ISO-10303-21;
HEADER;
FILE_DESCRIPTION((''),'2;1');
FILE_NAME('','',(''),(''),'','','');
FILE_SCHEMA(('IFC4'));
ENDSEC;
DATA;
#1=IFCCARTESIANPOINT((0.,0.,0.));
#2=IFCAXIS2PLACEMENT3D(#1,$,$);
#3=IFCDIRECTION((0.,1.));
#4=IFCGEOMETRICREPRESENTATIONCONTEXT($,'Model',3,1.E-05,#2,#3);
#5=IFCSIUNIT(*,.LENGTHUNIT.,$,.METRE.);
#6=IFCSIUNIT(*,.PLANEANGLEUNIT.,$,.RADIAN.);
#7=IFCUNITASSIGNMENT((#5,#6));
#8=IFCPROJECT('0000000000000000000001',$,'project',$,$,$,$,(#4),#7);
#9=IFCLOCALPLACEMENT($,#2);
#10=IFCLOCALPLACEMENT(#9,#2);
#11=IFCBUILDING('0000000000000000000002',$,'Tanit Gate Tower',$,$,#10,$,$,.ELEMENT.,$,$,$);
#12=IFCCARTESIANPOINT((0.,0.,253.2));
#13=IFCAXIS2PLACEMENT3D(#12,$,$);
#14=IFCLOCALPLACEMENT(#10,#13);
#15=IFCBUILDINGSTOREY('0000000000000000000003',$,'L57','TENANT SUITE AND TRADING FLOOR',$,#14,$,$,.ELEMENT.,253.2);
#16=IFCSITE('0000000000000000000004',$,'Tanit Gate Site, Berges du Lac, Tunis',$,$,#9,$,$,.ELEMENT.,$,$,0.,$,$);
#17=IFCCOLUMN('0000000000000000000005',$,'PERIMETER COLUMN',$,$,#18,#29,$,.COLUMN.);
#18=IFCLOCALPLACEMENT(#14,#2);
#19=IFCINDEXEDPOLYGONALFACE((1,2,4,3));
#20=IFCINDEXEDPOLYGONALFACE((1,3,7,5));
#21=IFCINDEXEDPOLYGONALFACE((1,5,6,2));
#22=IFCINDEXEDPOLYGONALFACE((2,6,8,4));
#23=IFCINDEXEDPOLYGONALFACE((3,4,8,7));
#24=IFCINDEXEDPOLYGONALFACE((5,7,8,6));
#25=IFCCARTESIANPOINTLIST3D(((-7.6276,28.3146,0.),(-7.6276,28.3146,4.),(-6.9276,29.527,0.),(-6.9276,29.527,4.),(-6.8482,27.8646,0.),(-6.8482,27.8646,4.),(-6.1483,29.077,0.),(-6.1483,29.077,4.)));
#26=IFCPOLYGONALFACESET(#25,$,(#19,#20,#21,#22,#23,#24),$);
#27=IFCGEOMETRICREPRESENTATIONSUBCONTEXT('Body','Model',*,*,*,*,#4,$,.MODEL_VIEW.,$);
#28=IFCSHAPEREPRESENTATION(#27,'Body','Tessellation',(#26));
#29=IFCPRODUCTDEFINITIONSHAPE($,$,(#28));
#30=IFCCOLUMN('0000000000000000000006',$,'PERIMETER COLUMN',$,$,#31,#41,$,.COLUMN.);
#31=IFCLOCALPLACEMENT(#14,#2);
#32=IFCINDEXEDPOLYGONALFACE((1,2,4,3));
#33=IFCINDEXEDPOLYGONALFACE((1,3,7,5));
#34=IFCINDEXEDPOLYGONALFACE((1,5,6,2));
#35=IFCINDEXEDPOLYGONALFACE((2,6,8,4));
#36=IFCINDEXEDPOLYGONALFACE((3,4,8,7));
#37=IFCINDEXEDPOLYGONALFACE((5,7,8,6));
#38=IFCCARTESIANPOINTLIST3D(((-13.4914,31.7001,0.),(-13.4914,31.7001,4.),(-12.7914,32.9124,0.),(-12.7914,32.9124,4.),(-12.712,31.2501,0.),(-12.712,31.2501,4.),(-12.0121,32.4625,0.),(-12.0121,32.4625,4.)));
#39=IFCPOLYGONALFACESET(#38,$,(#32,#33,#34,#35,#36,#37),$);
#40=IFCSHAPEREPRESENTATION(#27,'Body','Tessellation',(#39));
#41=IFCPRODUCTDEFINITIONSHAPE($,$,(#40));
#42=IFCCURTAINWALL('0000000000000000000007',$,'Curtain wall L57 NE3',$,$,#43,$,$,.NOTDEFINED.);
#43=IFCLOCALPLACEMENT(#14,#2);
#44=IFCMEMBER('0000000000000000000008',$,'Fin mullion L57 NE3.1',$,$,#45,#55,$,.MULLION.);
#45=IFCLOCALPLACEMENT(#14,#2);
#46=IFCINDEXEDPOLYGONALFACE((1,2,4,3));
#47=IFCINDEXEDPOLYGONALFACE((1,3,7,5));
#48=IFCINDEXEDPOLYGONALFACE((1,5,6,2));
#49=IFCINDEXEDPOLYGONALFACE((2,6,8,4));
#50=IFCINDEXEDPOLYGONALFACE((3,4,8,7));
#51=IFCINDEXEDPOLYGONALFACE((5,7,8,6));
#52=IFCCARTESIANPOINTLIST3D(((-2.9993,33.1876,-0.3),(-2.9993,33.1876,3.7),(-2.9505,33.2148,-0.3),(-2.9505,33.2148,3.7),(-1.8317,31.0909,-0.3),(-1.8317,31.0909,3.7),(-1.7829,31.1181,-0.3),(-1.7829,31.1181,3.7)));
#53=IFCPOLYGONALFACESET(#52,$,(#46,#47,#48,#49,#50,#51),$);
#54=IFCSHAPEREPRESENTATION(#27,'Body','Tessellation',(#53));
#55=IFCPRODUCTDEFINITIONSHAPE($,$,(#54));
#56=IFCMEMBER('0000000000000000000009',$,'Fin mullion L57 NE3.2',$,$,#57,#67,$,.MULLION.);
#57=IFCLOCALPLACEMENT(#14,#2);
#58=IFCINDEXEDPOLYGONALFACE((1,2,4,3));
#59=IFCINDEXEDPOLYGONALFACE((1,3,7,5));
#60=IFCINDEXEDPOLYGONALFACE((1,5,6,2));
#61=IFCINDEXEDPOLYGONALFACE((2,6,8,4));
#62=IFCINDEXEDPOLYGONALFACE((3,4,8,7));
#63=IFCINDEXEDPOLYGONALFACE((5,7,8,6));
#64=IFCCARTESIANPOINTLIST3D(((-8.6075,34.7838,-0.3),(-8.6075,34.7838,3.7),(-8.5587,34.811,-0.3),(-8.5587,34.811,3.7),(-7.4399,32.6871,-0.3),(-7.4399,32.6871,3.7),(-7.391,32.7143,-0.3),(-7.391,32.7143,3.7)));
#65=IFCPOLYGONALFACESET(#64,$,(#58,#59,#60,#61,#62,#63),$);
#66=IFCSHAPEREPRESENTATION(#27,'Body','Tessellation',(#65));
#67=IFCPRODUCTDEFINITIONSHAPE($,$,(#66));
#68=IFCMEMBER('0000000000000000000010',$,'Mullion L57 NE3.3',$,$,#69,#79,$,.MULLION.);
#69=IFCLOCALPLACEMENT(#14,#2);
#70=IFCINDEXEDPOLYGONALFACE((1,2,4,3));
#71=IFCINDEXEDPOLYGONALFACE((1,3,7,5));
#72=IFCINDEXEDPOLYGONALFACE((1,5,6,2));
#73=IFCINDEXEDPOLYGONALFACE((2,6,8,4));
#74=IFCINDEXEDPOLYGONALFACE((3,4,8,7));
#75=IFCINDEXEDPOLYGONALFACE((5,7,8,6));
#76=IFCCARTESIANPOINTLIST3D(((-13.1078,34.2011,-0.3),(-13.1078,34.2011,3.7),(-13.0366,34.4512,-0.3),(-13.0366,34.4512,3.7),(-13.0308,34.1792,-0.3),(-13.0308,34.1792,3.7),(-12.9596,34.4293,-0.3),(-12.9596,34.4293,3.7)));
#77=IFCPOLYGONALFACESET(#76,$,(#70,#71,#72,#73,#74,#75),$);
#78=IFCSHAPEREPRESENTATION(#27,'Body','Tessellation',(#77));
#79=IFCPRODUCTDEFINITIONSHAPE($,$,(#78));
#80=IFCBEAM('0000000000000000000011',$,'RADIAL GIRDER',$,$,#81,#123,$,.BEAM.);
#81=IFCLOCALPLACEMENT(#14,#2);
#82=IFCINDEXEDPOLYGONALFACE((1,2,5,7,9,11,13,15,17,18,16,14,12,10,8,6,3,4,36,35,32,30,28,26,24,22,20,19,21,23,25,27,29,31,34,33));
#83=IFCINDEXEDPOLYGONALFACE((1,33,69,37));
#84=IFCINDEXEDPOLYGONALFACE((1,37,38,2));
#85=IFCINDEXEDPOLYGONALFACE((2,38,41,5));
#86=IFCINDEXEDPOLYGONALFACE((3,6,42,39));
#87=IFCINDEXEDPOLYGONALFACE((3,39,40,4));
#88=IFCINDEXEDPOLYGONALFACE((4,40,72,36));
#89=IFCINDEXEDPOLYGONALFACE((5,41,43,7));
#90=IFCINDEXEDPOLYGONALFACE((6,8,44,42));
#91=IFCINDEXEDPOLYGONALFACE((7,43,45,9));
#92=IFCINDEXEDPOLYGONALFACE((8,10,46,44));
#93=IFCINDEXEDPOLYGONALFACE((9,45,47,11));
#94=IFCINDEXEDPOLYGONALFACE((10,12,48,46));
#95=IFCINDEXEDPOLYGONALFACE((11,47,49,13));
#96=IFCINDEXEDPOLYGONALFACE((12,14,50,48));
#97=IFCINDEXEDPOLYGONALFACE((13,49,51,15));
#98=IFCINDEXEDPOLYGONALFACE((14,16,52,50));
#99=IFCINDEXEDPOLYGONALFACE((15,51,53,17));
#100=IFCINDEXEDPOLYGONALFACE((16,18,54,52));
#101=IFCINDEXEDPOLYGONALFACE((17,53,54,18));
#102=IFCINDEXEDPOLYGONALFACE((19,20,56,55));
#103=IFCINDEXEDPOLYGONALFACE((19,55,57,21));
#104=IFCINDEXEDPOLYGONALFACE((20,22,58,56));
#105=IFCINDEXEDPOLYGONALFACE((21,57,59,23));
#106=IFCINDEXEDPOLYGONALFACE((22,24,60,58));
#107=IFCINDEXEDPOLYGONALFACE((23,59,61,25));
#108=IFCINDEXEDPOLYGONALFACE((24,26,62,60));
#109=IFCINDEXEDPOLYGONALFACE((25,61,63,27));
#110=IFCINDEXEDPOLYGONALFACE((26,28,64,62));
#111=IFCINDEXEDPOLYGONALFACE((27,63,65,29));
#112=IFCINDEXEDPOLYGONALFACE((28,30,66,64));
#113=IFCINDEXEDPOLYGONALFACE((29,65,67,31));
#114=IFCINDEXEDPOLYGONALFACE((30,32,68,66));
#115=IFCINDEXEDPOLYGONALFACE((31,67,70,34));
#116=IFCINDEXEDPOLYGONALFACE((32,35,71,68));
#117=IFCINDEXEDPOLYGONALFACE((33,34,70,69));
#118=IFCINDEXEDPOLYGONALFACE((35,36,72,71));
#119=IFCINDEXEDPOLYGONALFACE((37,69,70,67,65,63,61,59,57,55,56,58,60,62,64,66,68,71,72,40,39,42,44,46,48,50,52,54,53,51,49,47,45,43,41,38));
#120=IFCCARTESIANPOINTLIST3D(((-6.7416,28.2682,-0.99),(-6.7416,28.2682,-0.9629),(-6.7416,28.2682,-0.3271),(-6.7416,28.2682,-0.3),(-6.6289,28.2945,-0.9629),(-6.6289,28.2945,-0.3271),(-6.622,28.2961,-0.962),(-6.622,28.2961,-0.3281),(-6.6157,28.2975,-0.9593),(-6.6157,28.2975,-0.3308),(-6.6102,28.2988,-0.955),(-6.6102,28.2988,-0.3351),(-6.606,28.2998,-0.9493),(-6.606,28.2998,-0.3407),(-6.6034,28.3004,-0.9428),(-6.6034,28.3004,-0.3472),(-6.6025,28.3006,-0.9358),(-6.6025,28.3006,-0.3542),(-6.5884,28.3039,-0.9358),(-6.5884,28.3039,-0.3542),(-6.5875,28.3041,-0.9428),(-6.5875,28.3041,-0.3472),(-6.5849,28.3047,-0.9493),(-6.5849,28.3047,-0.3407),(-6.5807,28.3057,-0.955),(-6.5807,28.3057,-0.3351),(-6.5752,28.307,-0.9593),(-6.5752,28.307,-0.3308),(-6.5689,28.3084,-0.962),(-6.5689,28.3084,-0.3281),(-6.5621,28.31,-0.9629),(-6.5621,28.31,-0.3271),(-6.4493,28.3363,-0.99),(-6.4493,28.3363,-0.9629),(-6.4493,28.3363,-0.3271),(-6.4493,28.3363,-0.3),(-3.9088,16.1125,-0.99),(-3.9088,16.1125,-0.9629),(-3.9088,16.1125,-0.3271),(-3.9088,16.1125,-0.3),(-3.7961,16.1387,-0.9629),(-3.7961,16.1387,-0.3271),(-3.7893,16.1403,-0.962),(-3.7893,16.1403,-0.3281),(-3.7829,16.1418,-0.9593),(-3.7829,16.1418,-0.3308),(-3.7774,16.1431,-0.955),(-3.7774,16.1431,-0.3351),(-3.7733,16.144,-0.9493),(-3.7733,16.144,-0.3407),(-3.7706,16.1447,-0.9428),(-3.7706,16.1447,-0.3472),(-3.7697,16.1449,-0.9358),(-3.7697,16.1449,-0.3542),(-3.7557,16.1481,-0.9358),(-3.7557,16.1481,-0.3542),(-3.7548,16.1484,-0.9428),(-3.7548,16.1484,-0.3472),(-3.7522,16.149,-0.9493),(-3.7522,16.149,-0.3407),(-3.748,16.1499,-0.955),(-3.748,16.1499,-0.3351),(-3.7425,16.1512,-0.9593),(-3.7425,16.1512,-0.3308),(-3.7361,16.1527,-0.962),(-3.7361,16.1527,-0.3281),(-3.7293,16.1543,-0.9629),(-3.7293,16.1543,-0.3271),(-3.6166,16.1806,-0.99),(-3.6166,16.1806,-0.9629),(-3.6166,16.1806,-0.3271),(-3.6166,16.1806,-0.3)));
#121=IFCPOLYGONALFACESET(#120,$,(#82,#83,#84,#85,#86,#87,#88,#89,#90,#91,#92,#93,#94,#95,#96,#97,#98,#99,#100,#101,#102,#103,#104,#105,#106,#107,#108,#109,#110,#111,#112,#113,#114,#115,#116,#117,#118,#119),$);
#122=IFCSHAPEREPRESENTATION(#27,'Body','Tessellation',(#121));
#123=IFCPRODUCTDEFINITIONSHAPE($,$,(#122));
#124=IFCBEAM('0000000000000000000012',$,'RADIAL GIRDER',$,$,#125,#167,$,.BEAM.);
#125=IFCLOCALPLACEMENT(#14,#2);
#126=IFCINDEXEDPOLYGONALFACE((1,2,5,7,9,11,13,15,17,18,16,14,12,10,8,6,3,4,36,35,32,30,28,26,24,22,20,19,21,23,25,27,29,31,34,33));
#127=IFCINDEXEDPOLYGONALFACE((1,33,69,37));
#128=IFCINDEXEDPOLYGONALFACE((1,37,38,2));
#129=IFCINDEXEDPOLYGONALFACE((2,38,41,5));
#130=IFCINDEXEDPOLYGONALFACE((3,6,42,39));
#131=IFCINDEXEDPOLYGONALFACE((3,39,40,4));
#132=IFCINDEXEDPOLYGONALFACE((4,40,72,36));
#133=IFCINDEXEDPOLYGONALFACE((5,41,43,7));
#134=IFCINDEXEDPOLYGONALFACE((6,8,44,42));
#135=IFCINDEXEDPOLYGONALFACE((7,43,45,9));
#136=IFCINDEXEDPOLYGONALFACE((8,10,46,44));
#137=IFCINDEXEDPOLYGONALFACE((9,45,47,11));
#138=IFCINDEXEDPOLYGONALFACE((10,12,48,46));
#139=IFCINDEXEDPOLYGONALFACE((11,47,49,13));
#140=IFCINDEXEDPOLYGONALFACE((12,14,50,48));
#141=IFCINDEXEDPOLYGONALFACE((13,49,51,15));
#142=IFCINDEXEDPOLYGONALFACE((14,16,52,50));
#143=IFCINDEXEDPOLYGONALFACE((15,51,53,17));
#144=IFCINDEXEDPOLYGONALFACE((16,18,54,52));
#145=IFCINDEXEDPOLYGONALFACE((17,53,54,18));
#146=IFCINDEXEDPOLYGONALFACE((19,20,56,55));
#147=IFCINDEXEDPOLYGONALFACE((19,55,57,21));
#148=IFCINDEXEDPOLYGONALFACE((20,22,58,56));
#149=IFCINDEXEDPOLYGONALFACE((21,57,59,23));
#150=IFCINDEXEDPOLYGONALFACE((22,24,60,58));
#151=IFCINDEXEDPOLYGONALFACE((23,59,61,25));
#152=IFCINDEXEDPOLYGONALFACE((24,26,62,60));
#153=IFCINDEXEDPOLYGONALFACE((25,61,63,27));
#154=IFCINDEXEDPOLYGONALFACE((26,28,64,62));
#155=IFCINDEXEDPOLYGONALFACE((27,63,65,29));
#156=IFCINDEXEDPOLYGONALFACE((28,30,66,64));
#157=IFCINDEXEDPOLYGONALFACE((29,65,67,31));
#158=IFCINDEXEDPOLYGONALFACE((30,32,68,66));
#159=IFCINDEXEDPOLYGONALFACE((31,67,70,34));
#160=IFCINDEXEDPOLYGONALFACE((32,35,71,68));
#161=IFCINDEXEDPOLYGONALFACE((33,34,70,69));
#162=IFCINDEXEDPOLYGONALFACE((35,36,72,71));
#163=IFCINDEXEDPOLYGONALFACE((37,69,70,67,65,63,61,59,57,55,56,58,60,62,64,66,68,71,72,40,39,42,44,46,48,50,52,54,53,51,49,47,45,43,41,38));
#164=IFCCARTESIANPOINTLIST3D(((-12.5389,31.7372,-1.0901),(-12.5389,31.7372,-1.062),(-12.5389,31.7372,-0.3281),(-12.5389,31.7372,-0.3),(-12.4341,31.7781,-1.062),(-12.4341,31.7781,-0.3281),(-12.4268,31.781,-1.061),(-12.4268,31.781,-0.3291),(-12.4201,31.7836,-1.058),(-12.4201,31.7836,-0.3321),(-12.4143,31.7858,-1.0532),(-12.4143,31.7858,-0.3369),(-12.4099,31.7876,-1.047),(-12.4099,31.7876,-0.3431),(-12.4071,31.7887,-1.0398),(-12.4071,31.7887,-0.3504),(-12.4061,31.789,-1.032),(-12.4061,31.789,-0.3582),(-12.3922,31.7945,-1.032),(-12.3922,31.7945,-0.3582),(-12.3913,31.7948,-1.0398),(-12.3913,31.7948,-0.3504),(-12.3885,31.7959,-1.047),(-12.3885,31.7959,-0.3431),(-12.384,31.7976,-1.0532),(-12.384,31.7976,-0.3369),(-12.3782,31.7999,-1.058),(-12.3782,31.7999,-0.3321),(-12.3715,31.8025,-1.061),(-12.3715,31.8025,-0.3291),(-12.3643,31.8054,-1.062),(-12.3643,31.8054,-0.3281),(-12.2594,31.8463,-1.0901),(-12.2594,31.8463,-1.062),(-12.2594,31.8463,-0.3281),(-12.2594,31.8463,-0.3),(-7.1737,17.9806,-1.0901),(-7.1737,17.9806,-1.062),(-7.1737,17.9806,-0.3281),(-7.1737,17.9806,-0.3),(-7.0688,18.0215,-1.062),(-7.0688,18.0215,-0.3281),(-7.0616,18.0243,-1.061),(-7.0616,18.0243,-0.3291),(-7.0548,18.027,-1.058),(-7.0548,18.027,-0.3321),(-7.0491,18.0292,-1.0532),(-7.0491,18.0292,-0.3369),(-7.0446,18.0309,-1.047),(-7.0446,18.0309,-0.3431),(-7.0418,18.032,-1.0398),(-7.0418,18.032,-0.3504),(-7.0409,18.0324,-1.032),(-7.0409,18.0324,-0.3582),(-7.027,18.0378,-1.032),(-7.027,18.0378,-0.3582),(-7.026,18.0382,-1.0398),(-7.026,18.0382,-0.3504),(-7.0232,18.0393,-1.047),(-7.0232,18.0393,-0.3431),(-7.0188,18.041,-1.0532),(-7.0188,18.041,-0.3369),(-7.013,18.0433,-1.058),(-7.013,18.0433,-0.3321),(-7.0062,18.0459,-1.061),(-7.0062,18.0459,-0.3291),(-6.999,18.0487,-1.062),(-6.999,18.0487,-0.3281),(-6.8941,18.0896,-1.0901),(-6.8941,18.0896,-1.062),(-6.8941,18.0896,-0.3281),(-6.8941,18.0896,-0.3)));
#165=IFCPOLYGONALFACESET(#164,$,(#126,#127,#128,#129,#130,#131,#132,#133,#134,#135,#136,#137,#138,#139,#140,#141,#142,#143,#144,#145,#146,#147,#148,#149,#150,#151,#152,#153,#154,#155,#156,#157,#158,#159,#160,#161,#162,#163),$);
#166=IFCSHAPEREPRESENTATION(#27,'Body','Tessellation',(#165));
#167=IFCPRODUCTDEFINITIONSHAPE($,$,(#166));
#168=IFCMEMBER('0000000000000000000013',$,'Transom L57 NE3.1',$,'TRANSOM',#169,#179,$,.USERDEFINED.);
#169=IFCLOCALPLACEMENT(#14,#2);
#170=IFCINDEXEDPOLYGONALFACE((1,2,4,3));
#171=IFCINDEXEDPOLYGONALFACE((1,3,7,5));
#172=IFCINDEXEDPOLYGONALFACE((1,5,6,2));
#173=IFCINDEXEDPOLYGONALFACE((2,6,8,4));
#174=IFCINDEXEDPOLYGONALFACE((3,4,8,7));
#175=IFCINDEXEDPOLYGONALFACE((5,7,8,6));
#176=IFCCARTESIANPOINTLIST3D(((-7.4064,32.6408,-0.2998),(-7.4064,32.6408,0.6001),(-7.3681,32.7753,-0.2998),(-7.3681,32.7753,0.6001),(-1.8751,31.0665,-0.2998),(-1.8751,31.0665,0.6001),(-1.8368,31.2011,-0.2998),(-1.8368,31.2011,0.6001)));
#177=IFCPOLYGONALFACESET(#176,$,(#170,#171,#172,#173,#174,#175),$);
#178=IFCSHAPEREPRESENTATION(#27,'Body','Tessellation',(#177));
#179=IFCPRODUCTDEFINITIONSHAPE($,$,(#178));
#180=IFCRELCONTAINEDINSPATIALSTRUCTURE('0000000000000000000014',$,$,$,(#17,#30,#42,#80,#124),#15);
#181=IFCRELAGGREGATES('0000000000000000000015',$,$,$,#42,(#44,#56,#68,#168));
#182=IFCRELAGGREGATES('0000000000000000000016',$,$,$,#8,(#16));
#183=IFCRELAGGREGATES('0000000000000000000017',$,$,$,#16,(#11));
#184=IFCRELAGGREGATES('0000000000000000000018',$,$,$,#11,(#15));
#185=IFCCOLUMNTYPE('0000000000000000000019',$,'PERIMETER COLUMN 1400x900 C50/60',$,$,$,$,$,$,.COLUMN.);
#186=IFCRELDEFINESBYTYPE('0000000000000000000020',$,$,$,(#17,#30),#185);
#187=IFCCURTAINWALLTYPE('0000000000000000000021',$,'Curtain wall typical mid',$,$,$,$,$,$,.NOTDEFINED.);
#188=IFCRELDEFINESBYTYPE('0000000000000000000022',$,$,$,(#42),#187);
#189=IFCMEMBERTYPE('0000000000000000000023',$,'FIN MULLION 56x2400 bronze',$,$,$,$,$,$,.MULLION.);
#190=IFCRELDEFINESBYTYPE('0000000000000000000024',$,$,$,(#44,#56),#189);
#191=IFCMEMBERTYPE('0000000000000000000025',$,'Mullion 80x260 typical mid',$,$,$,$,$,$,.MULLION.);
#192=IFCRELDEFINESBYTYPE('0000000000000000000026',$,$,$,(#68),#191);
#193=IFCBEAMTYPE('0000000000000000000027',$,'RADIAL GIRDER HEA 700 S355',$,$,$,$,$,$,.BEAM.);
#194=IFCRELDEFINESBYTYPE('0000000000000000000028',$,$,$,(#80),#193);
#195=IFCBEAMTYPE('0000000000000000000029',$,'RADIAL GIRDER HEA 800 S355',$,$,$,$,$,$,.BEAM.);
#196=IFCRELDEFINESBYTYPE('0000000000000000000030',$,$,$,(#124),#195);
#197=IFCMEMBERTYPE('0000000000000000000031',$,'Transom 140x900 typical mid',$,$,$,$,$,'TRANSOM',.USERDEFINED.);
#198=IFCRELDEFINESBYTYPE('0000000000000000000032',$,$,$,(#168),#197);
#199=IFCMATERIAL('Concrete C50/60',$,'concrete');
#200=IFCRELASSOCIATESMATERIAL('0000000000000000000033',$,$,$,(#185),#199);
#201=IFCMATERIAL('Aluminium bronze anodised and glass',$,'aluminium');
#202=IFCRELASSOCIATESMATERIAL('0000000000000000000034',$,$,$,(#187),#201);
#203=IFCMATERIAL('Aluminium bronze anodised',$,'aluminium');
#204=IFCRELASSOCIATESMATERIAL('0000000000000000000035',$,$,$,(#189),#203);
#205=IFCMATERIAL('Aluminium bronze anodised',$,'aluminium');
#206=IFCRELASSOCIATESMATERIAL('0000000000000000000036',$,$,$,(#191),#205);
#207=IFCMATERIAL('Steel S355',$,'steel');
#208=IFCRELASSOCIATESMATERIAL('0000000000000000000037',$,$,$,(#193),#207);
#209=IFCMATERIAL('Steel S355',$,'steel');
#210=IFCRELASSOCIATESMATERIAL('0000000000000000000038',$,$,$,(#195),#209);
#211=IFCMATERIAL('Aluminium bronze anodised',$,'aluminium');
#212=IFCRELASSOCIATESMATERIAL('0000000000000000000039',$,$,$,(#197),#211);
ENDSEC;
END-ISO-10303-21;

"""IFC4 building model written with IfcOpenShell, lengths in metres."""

from ifc_helpers import new_model, si_unit, direction, frame, origin, origin_2d, place, context, subcontext, project, spatial, rectangle, i_section, extrude, material, material_profile, profile_set, type_object, element, aggregate, save


model = new_model("IFC4")

# Units and contexts
model_context = context("Model", 3, precision=1e-05, world=origin(), true_north=direction((0.0, 1.0)))
body_context = subcontext(model_context, "Body", "Model", "MODEL_VIEW")
ifc_project = project(units=[si_unit("LENGTHUNIT", "METRE"), si_unit("PLANEANGLEUNIT", "RADIAN")], contexts=[model_context])

# Site, building, storey
site_placement = place(None, origin())
site = spatial("IfcSite", under=ifc_project, at=site_placement, Name="Tanit Gate Site, Berges du Lac, Tunis", CompositionType="ELEMENT", RefElevation=0.0)
building_placement = place(site_placement, origin())
building = spatial("IfcBuilding", under=site, at=building_placement, Name="Tanit Gate Tower", CompositionType="ELEMENT")
storey_placement = place(building_placement, frame((0.0, 0.0, 253.2)))
storey = spatial("IfcBuildingStorey", under=building, at=storey_placement, Name="L57", Description="TENANT SUITE AND TRADING FLOOR", CompositionType="ELEMENT", Elevation=253.2)

# Columns
ifc_material_1 = material(Name="Concrete C50/60", Category="concrete")
ifc_material_profile_1 = material_profile(ifc_material_1, rectangle(XDim=1.3999, YDim=0.8999, at=origin_2d()), Name="RC 1400x900")
ifc_profile_set_1 = profile_set([ifc_material_profile_1], Name="Concrete C50/60")
column_type = type_object("IfcColumnType", Name="PERIMETER COLUMN 1400x900 C50/60", PredefinedType="COLUMN", material=ifc_profile_set_1)
for number, where, z_axis, x_axis, name in (
    (1, (-6.8879, 28.6958, 0.0), (0.0, 0.0, 1.0), (0.5, 0.866025, 0.0), "PERIMETER COLUMN"),
    (2, (-12.7517, 32.0813, 0.0), (0.0, 0.0, 1.0), (0.5, 0.866025, 0.0), "PERIMETER COLUMN"),
):
    element("IfcColumn", number, at=place(storey_placement, frame(where, z_axis=z_axis, x_axis=x_axis)), inside=storey, type_object=column_type, Name=name, PredefinedType="COLUMN", context=body_context, shape_type="SweptSolid", body=[
        extrude(rectangle(XDim=1.3999, YDim=0.8999, at=origin_2d()), origin(), (0.0, 0.0, 1.0), 4.0),
    ])

# Curtain wall, members
ifc_material_2 = material(Name="Aluminium bronze anodised and glass", Category="aluminium")
curtain_wall_type = type_object("IfcCurtainWallType", Name="Curtain wall typical mid", PredefinedType="NOTDEFINED", material=ifc_material_2)
curtain_wall_placement = place(storey_placement, origin())
curtain_wall = element("IfcCurtainWall", 3, at=curtain_wall_placement, inside=storey, type_object=curtain_wall_type, Name="Curtain wall L57 NE3", PredefinedType="NOTDEFINED")
ifc_material_3 = material(Name="Aluminium bronze anodised", Category="aluminium")
ifc_material_profile_2 = material_profile(ifc_material_3, rectangle(XDim=2.3999, YDim=0.0559, at=origin_2d()), Name="56x2400 bronze fin mullion")
ifc_profile_set_2 = profile_set([ifc_material_profile_2], Name="Aluminium bronze anodised")
member_type_1 = type_object("IfcMemberType", Name="FIN MULLION 56x2400 bronze", PredefinedType="MULLION", material=ifc_profile_set_2)
member_1_placement = place(storey_placement, frame((-2.3911, 32.1528, -0.3), z_axis=(0.0, 0.0, 1.0), x_axis=(0.486531, -0.873663, 0.0)))
member_1 = element("IfcMember", 4, at=member_1_placement, type_object=member_type_1, Name="Fin mullion L57 NE3.1", PredefinedType="MULLION", context=body_context, shape_type="SweptSolid", body=[
    extrude(rectangle(XDim=2.3999, YDim=0.0559, at=origin_2d()), origin(), (0.0, 0.0, 1.0), 4.0),
])
member_2_placement = place(storey_placement, frame((-7.9993, 33.749, -0.3), z_axis=(0.0, 0.0, 1.0), x_axis=(0.486531, -0.873663, 0.0)))
member_2 = element("IfcMember", 5, at=member_2_placement, type_object=member_type_1, Name="Fin mullion L57 NE3.2", PredefinedType="MULLION", context=body_context, shape_type="SweptSolid", body=[
    extrude(rectangle(XDim=2.3999, YDim=0.0559, at=origin_2d()), origin(), (0.0, 0.0, 1.0), 4.0),
])
ifc_material_4 = material(Name="Aluminium bronze anodised", Category="aluminium")
ifc_material_profile_3 = material_profile(ifc_material_4, rectangle(XDim=0.26, YDim=0.0801, at=origin_2d()), Name="80x260 bronze mullion")
ifc_profile_set_3 = profile_set([ifc_material_profile_3], Name="Aluminium bronze anodised")
member_type_2 = type_object("IfcMemberType", Name="Mullion 80x260 typical mid", PredefinedType="MULLION", material=ifc_profile_set_3)
member_3_placement = place(storey_placement, frame((-13.0337, 34.3152, -0.3), z_axis=(0.0, 0.0, 1.0), x_axis=(-0.273744, -0.961803, 0.0)))
member_3 = element("IfcMember", 6, at=member_3_placement, type_object=member_type_2, Name="Mullion L57 NE3.3", PredefinedType="MULLION", context=body_context, shape_type="SweptSolid", body=[
    extrude(rectangle(XDim=0.26, YDim=0.0801, at=origin_2d()), origin(), (0.0, 0.0, 1.0), 4.0),
])

# Beams
ifc_material_5 = material(Name="Steel S355", Category="steel")
ifc_material_profile_4 = material_profile(ifc_material_5, i_section(OverallWidth=0.3, OverallDepth=0.6899, WebThickness=0.0144, FlangeThickness=0.0271, FilletRadius=0.0271, at=origin_2d()), Name="HEA 700")
ifc_profile_set_4 = profile_set([ifc_material_profile_4], Name="Steel S355")
beam_type_1 = type_object("IfcBeamType", Name="RADIAL GIRDER HEA 700 S355", PredefinedType="BEAM", material=ifc_profile_set_4)
beam_1_placement = place(storey_placement, frame((-6.5955, 28.3022, -0.645), z_axis=(0.226958, -0.973905, 0.0), x_axis=(0.973905, 0.226958, 0.0)))
element("IfcBeam", 7, at=beam_1_placement, inside=storey, type_object=beam_type_1, Name="RADIAL GIRDER", PredefinedType="BEAM", context=body_context, shape_type="SweptSolid", body=[
    extrude(i_section(OverallWidth=0.3, OverallDepth=0.6899, WebThickness=0.0144, FlangeThickness=0.0271, FilletRadius=0.0271, at=origin_2d()), origin(), (0.0, 0.0, 1.0), 12.4814),
])
ifc_material_6 = material(Name="Steel S355", Category="steel")
ifc_material_profile_5 = material_profile(ifc_material_6, i_section(OverallWidth=0.3, OverallDepth=0.79, WebThickness=0.0149, FlangeThickness=0.0281, FilletRadius=0.03, at=origin_2d()), Name="HEA 800")
ifc_profile_set_5 = profile_set([ifc_material_profile_5], Name="Steel S355")
beam_type_2 = type_object("IfcBeamType", Name="RADIAL GIRDER HEA 800 S355", PredefinedType="BEAM", material=ifc_profile_set_5)
beam_2_placement = place(storey_placement, frame((-12.3992, 31.7917, -0.6951), z_axis=(0.363355, -0.931651, 0.0), x_axis=(0.931651, 0.363355, 0.0)))
element("IfcBeam", 8, at=beam_2_placement, inside=storey, type_object=beam_type_2, Name="RADIAL GIRDER", PredefinedType="BEAM", context=body_context, shape_type="SweptSolid", body=[
    extrude(i_section(OverallWidth=0.3, OverallDepth=0.79, WebThickness=0.0149, FlangeThickness=0.0281, FilletRadius=0.03, at=origin_2d()), origin(), (0.0, 0.0, 1.0), 14.7659),
])

# Member
ifc_material_7 = material(Name="Aluminium bronze anodised", Category="aluminium")
ifc_material_profile_6 = material_profile(ifc_material_7, rectangle(XDim=0.1399, YDim=0.8999, at=origin_2d()), Name="140x900 bronze transom")
ifc_profile_set_6 = profile_set([ifc_material_profile_6], Name="Aluminium bronze anodised")
member_type_3 = type_object("IfcMemberType", Name="Transom 140x900 typical mid", ElementType="TRANSOM", PredefinedType="USERDEFINED", material=ifc_profile_set_6)
member_4_placement = place(storey_placement, frame((-1.856, 31.1338, 0.1501), z_axis=(-0.961805, 0.273734, 0.0), x_axis=(-0.273734, -0.961805, 0.0)))
member_4 = element("IfcMember", 9, at=member_4_placement, type_object=member_type_3, Name="Transom L57 NE3.1", ObjectType="TRANSOM", PredefinedType="USERDEFINED", context=body_context, shape_type="SweptSolid", body=[
    extrude(rectangle(XDim=0.1399, YDim=0.8999, at=origin_2d()), origin(), (0.0, 0.0, 1.0), 5.751),
])

aggregate(curtain_wall, [member_1, member_2, member_3, member_4])

save(model, "model.ifc")
